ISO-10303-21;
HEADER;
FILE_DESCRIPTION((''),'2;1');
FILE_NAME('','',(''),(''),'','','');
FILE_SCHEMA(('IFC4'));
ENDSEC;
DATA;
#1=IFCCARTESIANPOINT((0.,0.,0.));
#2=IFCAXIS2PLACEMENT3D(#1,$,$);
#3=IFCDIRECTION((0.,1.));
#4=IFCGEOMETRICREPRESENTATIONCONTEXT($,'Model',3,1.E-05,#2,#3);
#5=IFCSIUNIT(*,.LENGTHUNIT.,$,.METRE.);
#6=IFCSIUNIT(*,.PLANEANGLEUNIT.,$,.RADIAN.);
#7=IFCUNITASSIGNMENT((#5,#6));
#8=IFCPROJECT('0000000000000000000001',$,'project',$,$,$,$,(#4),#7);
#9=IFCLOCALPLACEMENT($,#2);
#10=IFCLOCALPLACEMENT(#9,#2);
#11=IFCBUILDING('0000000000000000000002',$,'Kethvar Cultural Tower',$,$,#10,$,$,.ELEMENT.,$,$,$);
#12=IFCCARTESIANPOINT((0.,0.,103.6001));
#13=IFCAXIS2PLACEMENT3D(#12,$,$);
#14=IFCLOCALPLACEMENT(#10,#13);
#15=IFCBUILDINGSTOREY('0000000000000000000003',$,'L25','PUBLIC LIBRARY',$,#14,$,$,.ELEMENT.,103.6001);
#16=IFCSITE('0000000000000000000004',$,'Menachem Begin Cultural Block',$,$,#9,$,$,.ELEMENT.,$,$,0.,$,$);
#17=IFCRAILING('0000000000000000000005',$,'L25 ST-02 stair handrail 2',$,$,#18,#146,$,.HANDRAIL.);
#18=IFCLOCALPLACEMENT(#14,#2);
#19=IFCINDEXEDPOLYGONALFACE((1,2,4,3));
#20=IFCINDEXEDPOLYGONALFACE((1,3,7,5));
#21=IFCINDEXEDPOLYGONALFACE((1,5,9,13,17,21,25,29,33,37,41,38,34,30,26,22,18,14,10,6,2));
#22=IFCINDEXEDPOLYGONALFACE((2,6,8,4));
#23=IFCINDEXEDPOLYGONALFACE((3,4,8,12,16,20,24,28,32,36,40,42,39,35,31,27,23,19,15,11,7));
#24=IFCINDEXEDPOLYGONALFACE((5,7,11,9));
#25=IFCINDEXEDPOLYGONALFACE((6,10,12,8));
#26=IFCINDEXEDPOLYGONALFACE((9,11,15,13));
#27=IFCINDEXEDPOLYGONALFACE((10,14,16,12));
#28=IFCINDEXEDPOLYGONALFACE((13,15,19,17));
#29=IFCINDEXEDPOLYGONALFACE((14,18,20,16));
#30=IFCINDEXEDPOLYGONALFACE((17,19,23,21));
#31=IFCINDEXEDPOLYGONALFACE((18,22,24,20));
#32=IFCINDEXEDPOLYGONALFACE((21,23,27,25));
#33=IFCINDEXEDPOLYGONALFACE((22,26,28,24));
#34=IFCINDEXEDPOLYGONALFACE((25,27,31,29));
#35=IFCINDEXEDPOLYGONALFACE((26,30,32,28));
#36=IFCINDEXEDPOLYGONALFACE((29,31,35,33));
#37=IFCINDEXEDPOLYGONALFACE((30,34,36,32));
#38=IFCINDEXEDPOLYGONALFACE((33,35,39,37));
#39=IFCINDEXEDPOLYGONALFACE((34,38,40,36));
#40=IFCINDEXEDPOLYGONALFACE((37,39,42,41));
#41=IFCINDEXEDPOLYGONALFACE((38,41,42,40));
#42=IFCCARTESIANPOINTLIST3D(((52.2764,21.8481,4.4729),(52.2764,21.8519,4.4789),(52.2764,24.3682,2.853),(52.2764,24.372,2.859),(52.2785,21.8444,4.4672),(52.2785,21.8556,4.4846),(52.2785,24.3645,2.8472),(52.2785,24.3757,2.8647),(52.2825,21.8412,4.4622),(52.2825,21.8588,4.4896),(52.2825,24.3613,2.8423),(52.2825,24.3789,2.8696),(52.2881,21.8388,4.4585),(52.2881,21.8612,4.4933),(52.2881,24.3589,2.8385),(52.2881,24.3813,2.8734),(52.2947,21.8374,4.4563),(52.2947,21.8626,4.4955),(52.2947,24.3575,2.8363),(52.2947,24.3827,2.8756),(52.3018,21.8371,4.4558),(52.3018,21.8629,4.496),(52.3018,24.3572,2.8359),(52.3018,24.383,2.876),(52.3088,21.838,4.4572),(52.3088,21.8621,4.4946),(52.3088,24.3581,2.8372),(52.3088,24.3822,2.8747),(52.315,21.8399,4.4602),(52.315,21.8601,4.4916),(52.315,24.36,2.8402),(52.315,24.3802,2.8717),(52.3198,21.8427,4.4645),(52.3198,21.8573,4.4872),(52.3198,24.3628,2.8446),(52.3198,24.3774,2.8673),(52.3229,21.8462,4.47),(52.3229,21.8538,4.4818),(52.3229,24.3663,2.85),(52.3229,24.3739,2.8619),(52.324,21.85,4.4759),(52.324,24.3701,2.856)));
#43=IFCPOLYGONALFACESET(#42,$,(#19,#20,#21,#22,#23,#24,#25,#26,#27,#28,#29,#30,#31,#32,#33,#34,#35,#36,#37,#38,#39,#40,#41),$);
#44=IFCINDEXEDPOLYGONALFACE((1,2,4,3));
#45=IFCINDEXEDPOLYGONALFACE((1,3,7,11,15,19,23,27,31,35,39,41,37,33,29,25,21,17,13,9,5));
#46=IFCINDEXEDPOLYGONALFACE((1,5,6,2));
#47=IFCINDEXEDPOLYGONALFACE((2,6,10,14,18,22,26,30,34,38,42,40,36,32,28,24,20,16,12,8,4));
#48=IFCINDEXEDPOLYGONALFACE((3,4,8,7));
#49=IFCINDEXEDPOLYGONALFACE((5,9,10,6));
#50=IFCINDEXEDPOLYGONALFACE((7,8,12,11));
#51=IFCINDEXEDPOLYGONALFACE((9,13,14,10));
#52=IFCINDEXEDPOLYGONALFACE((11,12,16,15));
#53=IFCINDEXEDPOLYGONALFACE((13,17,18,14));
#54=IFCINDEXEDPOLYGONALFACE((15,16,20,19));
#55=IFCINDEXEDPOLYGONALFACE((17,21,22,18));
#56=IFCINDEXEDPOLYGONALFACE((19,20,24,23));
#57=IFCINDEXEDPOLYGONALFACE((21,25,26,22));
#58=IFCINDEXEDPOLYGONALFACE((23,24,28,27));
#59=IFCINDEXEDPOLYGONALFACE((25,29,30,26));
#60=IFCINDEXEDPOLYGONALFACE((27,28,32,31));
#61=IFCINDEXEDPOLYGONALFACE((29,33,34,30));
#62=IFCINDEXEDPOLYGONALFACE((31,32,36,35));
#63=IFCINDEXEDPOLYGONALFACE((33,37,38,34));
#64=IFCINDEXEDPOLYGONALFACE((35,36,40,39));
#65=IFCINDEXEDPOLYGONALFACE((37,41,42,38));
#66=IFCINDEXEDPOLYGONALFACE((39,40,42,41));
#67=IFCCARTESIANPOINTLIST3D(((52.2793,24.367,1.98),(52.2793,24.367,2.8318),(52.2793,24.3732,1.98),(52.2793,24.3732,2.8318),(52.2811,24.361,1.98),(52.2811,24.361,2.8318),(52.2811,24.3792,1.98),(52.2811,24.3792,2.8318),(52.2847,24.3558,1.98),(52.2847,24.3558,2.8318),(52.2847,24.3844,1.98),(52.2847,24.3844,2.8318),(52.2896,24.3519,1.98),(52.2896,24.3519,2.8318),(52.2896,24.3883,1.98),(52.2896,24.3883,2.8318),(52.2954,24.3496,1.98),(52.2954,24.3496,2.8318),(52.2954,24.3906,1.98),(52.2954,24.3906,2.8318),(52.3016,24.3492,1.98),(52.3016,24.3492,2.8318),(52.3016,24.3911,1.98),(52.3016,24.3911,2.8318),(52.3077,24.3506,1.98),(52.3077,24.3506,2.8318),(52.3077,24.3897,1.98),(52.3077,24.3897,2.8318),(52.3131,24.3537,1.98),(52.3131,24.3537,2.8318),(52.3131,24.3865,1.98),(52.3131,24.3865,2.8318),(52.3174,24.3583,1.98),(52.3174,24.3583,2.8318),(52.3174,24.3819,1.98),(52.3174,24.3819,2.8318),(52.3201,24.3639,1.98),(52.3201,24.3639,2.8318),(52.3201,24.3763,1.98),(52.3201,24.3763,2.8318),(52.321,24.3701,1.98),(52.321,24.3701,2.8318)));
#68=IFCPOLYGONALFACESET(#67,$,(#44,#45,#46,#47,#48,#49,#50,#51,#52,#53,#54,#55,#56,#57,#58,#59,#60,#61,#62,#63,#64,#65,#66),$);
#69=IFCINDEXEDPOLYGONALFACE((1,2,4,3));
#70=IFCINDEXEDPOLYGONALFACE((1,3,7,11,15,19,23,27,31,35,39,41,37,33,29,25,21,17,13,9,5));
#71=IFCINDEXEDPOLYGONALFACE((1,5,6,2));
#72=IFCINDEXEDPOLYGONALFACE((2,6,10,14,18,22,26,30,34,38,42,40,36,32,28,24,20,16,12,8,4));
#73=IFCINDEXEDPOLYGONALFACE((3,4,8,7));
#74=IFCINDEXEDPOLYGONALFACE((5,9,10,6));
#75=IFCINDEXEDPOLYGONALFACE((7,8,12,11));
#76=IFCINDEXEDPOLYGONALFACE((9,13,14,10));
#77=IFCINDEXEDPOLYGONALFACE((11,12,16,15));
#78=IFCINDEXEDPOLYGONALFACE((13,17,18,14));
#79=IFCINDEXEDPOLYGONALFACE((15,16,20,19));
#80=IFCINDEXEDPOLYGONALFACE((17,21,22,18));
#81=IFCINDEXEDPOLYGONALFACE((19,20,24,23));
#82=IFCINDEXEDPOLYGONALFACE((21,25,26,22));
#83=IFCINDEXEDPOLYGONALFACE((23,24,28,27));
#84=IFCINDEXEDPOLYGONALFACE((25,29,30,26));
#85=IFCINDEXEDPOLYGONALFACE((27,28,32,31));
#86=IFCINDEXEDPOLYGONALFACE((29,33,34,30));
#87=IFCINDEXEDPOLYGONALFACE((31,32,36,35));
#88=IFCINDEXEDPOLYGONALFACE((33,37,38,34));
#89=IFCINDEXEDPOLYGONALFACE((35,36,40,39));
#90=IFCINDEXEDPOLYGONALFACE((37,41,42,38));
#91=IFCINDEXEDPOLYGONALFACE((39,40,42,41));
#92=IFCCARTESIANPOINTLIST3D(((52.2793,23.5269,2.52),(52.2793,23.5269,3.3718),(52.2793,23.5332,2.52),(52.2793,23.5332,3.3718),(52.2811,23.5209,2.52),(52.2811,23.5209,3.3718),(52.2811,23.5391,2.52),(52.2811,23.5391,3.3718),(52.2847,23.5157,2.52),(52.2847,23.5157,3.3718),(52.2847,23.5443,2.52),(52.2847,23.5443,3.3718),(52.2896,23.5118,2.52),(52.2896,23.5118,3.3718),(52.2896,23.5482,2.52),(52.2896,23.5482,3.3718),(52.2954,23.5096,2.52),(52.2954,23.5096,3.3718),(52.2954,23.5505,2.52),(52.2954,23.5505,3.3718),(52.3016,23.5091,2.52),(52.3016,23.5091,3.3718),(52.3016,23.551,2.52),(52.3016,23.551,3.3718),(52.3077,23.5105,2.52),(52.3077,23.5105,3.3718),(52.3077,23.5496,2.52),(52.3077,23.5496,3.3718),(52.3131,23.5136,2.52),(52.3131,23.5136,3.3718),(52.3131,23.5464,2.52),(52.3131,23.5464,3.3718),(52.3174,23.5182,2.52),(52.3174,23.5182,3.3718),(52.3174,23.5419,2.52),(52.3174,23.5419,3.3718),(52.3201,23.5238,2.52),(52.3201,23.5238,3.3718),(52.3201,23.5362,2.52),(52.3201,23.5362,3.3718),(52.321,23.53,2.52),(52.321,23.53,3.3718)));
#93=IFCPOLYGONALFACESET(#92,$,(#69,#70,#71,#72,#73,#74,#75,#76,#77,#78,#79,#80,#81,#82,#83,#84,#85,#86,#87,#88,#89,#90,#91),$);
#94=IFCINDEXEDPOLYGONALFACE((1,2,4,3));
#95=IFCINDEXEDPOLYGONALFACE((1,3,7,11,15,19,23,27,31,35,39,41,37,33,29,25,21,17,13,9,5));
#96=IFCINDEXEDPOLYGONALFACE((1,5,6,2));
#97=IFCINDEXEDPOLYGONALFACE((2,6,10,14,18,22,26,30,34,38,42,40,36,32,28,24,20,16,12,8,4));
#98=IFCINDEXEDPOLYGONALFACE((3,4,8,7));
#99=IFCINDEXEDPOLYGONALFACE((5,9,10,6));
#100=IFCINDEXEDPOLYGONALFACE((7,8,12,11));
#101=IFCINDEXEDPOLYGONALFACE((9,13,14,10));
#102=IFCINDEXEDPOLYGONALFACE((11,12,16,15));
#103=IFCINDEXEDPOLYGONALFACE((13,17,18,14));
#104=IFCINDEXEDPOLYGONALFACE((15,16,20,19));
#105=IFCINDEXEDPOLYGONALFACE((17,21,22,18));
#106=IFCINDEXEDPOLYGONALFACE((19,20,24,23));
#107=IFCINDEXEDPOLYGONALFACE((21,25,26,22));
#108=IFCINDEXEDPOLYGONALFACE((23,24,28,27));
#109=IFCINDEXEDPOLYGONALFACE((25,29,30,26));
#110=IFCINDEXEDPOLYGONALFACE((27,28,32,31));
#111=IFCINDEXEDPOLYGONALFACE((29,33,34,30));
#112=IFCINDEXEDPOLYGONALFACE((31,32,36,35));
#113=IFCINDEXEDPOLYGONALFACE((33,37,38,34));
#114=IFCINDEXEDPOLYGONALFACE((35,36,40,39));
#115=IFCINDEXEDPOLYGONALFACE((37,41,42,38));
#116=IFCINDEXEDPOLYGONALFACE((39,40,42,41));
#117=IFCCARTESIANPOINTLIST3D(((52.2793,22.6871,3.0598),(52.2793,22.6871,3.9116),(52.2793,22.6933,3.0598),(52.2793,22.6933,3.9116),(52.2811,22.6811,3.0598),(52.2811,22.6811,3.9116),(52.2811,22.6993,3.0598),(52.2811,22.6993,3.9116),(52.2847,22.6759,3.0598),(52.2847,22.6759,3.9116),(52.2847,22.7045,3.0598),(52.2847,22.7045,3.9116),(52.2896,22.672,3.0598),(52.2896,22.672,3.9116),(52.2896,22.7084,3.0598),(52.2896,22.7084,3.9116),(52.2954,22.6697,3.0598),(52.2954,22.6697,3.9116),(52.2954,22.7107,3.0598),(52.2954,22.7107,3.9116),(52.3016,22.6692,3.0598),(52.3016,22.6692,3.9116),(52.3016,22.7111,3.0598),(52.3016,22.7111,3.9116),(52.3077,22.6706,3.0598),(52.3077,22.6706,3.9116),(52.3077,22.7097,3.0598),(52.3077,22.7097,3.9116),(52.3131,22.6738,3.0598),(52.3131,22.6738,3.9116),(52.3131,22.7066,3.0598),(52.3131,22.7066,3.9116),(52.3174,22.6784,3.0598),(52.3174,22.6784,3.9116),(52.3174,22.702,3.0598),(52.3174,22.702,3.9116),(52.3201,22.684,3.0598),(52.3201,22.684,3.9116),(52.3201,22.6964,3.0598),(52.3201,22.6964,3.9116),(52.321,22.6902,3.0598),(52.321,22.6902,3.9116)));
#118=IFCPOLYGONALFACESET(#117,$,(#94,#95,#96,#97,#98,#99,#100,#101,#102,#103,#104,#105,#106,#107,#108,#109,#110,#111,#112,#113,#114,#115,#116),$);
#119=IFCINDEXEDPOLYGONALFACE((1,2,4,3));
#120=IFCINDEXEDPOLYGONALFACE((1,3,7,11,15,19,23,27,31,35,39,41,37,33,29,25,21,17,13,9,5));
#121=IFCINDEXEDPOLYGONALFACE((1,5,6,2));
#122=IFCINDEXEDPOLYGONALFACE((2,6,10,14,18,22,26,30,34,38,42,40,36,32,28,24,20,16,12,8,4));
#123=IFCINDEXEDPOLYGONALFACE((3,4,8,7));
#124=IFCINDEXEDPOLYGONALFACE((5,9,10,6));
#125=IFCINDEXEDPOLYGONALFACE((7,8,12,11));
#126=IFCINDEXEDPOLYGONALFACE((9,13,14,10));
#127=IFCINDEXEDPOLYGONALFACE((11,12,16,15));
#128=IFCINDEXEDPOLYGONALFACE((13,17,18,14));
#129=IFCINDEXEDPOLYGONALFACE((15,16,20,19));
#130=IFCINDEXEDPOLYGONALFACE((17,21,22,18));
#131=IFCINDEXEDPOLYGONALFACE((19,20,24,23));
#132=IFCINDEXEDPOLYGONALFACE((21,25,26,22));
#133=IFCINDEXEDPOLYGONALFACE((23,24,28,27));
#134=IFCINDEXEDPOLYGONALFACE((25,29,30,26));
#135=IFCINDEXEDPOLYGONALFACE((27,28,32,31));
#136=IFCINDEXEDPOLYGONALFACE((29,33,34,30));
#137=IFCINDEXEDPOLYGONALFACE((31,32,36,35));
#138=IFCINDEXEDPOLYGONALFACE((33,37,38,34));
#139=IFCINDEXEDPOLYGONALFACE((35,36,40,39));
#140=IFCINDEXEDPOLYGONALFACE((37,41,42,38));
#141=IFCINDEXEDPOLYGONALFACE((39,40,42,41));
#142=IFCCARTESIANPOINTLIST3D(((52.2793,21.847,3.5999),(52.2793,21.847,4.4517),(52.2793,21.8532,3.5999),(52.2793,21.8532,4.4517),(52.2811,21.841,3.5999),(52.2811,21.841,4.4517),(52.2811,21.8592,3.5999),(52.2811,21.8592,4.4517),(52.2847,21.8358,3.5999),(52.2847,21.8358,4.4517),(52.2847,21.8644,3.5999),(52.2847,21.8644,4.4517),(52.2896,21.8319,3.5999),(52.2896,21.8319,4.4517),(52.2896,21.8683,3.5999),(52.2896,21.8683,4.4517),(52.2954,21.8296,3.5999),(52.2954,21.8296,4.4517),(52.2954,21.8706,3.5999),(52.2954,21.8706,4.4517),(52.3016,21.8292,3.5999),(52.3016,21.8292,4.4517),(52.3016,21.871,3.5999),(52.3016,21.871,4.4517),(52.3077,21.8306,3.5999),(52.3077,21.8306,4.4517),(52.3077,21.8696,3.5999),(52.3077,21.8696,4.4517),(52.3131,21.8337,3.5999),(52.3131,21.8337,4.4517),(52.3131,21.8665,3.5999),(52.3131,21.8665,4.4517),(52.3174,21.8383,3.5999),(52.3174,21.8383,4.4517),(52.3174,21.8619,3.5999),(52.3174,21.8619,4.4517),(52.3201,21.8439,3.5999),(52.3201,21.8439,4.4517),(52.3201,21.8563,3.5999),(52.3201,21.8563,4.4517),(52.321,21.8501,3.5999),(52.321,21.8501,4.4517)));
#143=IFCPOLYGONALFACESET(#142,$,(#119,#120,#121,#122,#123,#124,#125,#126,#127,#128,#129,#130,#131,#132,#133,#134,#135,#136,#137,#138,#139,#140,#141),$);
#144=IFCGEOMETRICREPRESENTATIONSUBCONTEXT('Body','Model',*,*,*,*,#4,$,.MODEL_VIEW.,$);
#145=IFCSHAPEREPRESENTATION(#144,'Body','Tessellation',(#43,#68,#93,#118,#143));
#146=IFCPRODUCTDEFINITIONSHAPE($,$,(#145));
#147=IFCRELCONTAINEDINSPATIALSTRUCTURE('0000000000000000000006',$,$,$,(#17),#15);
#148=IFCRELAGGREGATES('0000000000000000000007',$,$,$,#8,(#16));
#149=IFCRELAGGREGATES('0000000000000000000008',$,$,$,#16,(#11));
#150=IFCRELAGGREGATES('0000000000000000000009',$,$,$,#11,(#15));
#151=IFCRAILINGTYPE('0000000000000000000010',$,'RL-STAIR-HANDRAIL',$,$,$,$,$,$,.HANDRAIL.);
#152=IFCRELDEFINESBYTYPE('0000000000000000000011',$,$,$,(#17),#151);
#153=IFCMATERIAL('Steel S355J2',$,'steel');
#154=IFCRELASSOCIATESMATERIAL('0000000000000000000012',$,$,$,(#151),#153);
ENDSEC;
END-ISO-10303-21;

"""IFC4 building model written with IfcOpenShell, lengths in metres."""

from ifc_helpers import new_model, si_unit, direction, frame, origin, origin_2d, place, context, subcontext, project, spatial, circle, extrude, material, type_object, element, save


model = new_model("IFC4")

# Units and contexts
model_context = context("Model", 3, precision=1e-05, world=origin(), true_north=direction((0.0, 1.0)))
body_context = subcontext(model_context, "Body", "Model", "MODEL_VIEW")
ifc_project = project(units=[si_unit("LENGTHUNIT", "METRE"), si_unit("PLANEANGLEUNIT", "RADIAN")], contexts=[model_context])

# Site, building, storey
site_placement = place(None, origin())
site = spatial("IfcSite", under=ifc_project, at=site_placement, Name="Menachem Begin Cultural Block", CompositionType="ELEMENT", RefElevation=0.0)
building_placement = place(site_placement, origin())
building = spatial("IfcBuilding", under=site, at=building_placement, Name="Kethvar Cultural Tower", CompositionType="ELEMENT")
storey_placement = place(building_placement, frame((0.0, 0.0, 103.6001)))
storey = spatial("IfcBuildingStorey", under=building, at=storey_placement, Name="L25", Description="PUBLIC LIBRARY", CompositionType="ELEMENT", Elevation=103.6001)

# Shared definitions
ifc_material_1 = material(Name="Steel S355J2", Category="steel")

# Railing
railing_type_1 = type_object("IfcRailingType", Name="RL-STAIR-HANDRAIL", PredefinedType="HANDRAIL", material=ifc_material_1)
railing_1_placement = place(storey_placement, frame((52.3, 24.3701, 1.98)))
element("IfcRailing", 1, at=railing_1_placement, inside=storey, type_object=railing_type_1, Name="L25 ST-02 stair handrail 2", PredefinedType="HANDRAIL", context=body_context, shape_type="SweptSolid", body=[
    extrude(circle(Radius=0.0239, at=origin_2d()), frame((0.0, 0.0, 0.876), z_axis=(0.0, -0.8412, 0.540725), x_axis=(1.0, 0.0, 0.0)), (0.0, 0.0, 1.0), 2.9958),
    extrude(circle(Radius=0.021, at=origin_2d()), origin(), (0.0, 0.0, 1.0), 0.8518),
    extrude(circle(Radius=0.021, at=origin_2d()), frame((0.0, -0.8401, 0.54)), (0.0, 0.0, 1.0), 0.8518),
    extrude(circle(Radius=0.021, at=origin_2d()), frame((0.0, -1.6799, 1.0798)), (0.0, 0.0, 1.0), 0.8518),
    extrude(circle(Radius=0.021, at=origin_2d()), frame((0.0, -2.52, 1.6199)), (0.0, 0.0, 1.0), 0.8518),
])

save(model, "model.ifc")
